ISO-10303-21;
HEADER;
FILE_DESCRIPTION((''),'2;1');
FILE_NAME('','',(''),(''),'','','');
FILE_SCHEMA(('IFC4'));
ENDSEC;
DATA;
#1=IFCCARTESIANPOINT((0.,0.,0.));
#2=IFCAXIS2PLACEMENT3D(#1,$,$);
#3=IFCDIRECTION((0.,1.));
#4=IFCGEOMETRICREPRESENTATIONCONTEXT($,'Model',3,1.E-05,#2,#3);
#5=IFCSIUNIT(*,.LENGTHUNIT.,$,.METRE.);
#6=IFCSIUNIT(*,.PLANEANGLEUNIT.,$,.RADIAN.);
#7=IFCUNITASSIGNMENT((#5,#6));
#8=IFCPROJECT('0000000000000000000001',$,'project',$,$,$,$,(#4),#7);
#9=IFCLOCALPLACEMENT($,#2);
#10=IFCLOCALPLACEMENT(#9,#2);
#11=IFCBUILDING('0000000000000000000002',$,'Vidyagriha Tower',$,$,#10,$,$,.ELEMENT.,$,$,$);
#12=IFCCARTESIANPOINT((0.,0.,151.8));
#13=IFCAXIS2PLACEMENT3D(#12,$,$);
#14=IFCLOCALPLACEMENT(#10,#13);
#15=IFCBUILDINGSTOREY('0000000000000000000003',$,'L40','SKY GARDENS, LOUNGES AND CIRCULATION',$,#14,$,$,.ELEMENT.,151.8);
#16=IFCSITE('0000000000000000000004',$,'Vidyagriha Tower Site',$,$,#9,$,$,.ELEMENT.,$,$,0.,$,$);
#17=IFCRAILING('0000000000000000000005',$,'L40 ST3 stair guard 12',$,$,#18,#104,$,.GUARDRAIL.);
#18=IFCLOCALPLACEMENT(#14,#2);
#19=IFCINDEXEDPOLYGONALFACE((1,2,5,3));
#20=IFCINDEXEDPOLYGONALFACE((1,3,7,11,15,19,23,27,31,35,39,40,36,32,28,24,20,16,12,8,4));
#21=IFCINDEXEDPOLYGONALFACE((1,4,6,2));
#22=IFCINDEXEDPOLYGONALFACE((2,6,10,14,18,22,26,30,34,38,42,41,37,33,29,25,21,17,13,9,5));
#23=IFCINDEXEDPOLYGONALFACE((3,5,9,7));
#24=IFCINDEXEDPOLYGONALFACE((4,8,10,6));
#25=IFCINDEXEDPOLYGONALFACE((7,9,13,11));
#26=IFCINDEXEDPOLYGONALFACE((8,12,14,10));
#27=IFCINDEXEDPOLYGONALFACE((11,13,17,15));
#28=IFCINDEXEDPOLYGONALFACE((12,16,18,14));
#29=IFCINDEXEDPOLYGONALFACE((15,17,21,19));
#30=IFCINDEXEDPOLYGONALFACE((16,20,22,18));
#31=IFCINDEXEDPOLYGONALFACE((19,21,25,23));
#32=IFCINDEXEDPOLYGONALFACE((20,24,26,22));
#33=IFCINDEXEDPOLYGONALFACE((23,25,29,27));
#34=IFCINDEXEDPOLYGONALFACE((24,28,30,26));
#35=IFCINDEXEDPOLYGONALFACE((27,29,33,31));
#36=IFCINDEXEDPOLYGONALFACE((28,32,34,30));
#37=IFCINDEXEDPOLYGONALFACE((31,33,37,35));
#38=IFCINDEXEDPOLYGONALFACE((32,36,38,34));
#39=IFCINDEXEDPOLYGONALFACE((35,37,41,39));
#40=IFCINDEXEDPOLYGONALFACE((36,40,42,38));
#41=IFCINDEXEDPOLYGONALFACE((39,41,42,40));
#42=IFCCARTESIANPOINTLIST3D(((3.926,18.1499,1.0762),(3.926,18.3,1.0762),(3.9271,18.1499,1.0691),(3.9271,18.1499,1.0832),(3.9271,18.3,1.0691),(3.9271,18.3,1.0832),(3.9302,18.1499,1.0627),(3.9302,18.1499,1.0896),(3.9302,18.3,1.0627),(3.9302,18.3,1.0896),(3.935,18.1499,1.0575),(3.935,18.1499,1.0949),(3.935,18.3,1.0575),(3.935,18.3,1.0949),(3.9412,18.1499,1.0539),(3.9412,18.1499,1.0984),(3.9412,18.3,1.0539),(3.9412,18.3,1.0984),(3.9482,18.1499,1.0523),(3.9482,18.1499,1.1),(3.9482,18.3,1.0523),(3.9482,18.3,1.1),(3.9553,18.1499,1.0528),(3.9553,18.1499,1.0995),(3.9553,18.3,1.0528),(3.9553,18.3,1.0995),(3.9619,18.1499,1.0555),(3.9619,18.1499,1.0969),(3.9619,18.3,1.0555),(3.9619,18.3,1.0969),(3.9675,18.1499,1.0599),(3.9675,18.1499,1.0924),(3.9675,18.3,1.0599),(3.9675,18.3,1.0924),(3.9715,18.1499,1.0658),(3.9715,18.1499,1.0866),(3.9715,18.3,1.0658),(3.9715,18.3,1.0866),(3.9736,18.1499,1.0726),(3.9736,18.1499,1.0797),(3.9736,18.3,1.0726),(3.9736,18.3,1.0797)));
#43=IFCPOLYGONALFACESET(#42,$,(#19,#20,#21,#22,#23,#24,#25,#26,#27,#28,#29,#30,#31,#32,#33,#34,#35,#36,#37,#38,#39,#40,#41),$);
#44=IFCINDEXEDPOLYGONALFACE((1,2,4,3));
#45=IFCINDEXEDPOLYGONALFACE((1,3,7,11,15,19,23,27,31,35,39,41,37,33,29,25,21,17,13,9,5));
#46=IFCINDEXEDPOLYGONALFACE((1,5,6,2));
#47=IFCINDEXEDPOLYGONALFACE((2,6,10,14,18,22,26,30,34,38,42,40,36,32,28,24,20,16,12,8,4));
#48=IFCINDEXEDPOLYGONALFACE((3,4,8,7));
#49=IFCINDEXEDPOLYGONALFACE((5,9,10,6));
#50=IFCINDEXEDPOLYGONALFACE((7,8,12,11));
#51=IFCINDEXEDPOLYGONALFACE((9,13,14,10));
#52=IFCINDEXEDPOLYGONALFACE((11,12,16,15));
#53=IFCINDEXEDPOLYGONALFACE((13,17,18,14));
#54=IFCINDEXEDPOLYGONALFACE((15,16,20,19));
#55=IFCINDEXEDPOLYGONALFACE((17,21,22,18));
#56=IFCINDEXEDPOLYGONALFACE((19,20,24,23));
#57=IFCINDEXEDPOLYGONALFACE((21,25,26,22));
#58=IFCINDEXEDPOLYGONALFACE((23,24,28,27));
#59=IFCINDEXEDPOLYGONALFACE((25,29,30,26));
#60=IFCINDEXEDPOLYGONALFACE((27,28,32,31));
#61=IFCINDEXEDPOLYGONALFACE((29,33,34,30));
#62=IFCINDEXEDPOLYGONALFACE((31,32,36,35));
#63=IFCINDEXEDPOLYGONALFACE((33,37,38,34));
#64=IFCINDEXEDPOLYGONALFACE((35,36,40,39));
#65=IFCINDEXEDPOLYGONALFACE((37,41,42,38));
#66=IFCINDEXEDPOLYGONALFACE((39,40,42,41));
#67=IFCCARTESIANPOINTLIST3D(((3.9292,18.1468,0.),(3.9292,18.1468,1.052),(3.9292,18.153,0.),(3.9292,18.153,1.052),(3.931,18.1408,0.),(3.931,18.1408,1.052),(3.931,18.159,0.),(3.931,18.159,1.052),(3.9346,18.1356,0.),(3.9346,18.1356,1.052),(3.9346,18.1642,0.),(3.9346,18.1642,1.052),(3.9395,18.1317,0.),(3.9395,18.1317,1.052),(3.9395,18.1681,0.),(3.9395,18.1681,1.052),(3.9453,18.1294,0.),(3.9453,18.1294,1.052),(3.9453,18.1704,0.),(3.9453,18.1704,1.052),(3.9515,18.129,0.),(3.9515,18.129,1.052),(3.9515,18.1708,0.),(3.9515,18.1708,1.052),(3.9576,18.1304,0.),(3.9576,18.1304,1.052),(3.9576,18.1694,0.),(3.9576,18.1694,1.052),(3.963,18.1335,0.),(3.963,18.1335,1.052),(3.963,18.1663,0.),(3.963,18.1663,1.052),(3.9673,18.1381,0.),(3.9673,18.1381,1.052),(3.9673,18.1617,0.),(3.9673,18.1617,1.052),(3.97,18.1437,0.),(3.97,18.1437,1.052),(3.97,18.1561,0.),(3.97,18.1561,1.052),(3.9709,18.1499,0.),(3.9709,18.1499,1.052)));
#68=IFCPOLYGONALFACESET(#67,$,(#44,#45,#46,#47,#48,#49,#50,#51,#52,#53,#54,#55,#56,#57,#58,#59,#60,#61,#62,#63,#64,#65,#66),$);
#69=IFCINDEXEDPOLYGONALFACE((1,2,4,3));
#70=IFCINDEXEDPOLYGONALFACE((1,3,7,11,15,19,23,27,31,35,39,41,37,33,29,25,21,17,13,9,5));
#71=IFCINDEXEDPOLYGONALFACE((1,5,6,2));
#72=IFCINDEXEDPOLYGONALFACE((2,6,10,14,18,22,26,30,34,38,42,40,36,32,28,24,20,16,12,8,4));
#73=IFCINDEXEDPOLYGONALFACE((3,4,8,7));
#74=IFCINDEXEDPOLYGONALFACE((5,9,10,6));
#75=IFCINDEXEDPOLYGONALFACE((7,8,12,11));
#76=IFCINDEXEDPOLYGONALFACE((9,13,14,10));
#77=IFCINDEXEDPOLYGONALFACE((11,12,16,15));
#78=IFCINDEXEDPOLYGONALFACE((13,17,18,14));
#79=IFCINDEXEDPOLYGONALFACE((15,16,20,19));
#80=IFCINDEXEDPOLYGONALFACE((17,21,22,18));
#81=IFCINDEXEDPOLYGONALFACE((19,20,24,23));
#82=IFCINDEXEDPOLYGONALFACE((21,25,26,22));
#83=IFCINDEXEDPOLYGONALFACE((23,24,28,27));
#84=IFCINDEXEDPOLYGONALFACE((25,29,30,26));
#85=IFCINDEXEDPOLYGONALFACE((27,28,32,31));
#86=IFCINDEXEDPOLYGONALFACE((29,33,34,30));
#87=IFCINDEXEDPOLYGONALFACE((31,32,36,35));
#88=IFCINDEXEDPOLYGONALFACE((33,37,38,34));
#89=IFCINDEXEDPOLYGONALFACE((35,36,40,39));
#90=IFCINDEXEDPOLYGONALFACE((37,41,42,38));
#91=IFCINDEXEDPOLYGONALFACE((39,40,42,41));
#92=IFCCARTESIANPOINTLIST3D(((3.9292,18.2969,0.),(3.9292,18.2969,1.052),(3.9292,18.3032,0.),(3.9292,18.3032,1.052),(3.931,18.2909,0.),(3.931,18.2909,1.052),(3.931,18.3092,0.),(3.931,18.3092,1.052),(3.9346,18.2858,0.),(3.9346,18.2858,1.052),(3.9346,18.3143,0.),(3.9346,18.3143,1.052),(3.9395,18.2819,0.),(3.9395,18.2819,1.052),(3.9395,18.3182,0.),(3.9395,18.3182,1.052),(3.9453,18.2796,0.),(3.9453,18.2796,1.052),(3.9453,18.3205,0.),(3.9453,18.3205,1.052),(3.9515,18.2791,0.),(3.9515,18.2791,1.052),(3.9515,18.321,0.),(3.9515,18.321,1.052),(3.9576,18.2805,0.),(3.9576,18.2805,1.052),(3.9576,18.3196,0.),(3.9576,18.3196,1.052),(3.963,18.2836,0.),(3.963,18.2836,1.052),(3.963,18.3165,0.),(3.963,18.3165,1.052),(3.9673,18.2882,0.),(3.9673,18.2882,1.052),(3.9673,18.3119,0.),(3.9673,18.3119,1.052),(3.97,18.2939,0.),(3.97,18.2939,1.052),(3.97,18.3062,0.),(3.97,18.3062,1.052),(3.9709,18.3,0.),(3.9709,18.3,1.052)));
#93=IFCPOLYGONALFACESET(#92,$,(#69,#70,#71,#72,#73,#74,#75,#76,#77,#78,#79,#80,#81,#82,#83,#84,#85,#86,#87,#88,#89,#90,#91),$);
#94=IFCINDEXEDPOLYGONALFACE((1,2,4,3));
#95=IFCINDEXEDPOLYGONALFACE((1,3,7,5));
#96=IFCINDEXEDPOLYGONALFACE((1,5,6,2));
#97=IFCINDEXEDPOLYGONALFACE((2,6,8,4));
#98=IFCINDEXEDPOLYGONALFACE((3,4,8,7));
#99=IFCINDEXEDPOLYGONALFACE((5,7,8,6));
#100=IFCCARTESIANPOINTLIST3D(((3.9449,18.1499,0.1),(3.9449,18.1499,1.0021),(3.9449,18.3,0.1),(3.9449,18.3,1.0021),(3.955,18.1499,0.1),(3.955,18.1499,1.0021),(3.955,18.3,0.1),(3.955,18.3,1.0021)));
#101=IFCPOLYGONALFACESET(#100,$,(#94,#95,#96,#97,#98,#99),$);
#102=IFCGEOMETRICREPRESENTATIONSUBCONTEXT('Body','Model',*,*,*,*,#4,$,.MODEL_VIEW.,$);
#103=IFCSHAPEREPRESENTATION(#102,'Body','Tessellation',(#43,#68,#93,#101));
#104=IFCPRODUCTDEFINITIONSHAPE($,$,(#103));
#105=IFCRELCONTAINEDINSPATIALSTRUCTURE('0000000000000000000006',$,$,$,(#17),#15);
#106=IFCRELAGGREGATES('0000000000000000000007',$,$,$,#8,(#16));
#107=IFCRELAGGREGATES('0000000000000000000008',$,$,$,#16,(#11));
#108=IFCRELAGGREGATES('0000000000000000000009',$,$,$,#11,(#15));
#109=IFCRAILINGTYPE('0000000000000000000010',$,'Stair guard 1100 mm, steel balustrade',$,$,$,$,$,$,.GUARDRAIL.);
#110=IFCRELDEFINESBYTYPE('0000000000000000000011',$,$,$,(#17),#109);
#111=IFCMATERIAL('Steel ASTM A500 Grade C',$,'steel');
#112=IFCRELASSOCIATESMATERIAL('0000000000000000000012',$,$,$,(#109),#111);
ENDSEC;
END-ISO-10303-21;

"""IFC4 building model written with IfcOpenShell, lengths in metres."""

from ifc_helpers import new_model, si_unit, direction, frame, origin, origin_2d, place, context, subcontext, project, spatial, rectangle, circle, extrude, material, type_object, element, save


model = new_model("IFC4")

# Units and contexts
model_context = context("Model", 3, precision=1e-05, world=origin(), true_north=direction((0.0, 1.0)))
body_context = subcontext(model_context, "Body", "Model", "MODEL_VIEW")
ifc_project = project(units=[si_unit("LENGTHUNIT", "METRE"), si_unit("PLANEANGLEUNIT", "RADIAN")], contexts=[model_context])

# Site, building, storey
site_placement = place(None, origin())
site = spatial("IfcSite", under=ifc_project, at=site_placement, Name="Vidyagriha Tower Site", CompositionType="ELEMENT", RefElevation=0.0)
building_placement = place(site_placement, origin())
building = spatial("IfcBuilding", under=site, at=building_placement, Name="Vidyagriha Tower", CompositionType="ELEMENT")
storey_placement = place(building_placement, frame((0.0, 0.0, 151.8)))
storey = spatial("IfcBuildingStorey", under=building, at=storey_placement, Name="L40", Description="SKY GARDENS, LOUNGES AND CIRCULATION", CompositionType="ELEMENT", Elevation=151.8)

# Railing
ifc_material_1 = material(Name="Steel ASTM A500 Grade C", Category="steel")
railing_type_1 = type_object("IfcRailingType", Name="Stair guard 1100 mm, steel balustrade", PredefinedType="GUARDRAIL", material=ifc_material_1)
for number, where, name in (
    (1, (3.95, 18.1499, 0.0), "L40 ST3 stair guard 12"),
):
    element("IfcRailing", number, at=place(storey_placement, frame(where)), inside=storey, type_object=railing_type_1, Name=name, PredefinedType="GUARDRAIL", context=body_context, shape_type="SweptSolid", body=[
        extrude(circle(Radius=0.0239, at=origin_2d()), frame((0.0, 0.0, 1.0762), z_axis=(0.0, 1.0, 0.0), x_axis=(-1.0, 0.0, 0.0)), (0.0, 0.0, 1.0), 0.1501),
        extrude(circle(Radius=0.021, at=origin_2d()), origin(), (0.0, 0.0, 1.0), 1.052),
        extrude(circle(Radius=0.021, at=origin_2d()), frame((0.0, 0.1501, 0.0)), (0.0, 0.0, 1.0), 1.052),
        extrude(rectangle(XDim=0.01, YDim=0.9021, at=origin_2d()), frame((0.0, 0.0, 0.551), z_axis=(0.0, 1.0, 0.0), x_axis=(-1.0, 0.0, 0.0)), (0.0, 0.0, 1.0), 0.1501),
    ])

save(model, "model.ifc")
